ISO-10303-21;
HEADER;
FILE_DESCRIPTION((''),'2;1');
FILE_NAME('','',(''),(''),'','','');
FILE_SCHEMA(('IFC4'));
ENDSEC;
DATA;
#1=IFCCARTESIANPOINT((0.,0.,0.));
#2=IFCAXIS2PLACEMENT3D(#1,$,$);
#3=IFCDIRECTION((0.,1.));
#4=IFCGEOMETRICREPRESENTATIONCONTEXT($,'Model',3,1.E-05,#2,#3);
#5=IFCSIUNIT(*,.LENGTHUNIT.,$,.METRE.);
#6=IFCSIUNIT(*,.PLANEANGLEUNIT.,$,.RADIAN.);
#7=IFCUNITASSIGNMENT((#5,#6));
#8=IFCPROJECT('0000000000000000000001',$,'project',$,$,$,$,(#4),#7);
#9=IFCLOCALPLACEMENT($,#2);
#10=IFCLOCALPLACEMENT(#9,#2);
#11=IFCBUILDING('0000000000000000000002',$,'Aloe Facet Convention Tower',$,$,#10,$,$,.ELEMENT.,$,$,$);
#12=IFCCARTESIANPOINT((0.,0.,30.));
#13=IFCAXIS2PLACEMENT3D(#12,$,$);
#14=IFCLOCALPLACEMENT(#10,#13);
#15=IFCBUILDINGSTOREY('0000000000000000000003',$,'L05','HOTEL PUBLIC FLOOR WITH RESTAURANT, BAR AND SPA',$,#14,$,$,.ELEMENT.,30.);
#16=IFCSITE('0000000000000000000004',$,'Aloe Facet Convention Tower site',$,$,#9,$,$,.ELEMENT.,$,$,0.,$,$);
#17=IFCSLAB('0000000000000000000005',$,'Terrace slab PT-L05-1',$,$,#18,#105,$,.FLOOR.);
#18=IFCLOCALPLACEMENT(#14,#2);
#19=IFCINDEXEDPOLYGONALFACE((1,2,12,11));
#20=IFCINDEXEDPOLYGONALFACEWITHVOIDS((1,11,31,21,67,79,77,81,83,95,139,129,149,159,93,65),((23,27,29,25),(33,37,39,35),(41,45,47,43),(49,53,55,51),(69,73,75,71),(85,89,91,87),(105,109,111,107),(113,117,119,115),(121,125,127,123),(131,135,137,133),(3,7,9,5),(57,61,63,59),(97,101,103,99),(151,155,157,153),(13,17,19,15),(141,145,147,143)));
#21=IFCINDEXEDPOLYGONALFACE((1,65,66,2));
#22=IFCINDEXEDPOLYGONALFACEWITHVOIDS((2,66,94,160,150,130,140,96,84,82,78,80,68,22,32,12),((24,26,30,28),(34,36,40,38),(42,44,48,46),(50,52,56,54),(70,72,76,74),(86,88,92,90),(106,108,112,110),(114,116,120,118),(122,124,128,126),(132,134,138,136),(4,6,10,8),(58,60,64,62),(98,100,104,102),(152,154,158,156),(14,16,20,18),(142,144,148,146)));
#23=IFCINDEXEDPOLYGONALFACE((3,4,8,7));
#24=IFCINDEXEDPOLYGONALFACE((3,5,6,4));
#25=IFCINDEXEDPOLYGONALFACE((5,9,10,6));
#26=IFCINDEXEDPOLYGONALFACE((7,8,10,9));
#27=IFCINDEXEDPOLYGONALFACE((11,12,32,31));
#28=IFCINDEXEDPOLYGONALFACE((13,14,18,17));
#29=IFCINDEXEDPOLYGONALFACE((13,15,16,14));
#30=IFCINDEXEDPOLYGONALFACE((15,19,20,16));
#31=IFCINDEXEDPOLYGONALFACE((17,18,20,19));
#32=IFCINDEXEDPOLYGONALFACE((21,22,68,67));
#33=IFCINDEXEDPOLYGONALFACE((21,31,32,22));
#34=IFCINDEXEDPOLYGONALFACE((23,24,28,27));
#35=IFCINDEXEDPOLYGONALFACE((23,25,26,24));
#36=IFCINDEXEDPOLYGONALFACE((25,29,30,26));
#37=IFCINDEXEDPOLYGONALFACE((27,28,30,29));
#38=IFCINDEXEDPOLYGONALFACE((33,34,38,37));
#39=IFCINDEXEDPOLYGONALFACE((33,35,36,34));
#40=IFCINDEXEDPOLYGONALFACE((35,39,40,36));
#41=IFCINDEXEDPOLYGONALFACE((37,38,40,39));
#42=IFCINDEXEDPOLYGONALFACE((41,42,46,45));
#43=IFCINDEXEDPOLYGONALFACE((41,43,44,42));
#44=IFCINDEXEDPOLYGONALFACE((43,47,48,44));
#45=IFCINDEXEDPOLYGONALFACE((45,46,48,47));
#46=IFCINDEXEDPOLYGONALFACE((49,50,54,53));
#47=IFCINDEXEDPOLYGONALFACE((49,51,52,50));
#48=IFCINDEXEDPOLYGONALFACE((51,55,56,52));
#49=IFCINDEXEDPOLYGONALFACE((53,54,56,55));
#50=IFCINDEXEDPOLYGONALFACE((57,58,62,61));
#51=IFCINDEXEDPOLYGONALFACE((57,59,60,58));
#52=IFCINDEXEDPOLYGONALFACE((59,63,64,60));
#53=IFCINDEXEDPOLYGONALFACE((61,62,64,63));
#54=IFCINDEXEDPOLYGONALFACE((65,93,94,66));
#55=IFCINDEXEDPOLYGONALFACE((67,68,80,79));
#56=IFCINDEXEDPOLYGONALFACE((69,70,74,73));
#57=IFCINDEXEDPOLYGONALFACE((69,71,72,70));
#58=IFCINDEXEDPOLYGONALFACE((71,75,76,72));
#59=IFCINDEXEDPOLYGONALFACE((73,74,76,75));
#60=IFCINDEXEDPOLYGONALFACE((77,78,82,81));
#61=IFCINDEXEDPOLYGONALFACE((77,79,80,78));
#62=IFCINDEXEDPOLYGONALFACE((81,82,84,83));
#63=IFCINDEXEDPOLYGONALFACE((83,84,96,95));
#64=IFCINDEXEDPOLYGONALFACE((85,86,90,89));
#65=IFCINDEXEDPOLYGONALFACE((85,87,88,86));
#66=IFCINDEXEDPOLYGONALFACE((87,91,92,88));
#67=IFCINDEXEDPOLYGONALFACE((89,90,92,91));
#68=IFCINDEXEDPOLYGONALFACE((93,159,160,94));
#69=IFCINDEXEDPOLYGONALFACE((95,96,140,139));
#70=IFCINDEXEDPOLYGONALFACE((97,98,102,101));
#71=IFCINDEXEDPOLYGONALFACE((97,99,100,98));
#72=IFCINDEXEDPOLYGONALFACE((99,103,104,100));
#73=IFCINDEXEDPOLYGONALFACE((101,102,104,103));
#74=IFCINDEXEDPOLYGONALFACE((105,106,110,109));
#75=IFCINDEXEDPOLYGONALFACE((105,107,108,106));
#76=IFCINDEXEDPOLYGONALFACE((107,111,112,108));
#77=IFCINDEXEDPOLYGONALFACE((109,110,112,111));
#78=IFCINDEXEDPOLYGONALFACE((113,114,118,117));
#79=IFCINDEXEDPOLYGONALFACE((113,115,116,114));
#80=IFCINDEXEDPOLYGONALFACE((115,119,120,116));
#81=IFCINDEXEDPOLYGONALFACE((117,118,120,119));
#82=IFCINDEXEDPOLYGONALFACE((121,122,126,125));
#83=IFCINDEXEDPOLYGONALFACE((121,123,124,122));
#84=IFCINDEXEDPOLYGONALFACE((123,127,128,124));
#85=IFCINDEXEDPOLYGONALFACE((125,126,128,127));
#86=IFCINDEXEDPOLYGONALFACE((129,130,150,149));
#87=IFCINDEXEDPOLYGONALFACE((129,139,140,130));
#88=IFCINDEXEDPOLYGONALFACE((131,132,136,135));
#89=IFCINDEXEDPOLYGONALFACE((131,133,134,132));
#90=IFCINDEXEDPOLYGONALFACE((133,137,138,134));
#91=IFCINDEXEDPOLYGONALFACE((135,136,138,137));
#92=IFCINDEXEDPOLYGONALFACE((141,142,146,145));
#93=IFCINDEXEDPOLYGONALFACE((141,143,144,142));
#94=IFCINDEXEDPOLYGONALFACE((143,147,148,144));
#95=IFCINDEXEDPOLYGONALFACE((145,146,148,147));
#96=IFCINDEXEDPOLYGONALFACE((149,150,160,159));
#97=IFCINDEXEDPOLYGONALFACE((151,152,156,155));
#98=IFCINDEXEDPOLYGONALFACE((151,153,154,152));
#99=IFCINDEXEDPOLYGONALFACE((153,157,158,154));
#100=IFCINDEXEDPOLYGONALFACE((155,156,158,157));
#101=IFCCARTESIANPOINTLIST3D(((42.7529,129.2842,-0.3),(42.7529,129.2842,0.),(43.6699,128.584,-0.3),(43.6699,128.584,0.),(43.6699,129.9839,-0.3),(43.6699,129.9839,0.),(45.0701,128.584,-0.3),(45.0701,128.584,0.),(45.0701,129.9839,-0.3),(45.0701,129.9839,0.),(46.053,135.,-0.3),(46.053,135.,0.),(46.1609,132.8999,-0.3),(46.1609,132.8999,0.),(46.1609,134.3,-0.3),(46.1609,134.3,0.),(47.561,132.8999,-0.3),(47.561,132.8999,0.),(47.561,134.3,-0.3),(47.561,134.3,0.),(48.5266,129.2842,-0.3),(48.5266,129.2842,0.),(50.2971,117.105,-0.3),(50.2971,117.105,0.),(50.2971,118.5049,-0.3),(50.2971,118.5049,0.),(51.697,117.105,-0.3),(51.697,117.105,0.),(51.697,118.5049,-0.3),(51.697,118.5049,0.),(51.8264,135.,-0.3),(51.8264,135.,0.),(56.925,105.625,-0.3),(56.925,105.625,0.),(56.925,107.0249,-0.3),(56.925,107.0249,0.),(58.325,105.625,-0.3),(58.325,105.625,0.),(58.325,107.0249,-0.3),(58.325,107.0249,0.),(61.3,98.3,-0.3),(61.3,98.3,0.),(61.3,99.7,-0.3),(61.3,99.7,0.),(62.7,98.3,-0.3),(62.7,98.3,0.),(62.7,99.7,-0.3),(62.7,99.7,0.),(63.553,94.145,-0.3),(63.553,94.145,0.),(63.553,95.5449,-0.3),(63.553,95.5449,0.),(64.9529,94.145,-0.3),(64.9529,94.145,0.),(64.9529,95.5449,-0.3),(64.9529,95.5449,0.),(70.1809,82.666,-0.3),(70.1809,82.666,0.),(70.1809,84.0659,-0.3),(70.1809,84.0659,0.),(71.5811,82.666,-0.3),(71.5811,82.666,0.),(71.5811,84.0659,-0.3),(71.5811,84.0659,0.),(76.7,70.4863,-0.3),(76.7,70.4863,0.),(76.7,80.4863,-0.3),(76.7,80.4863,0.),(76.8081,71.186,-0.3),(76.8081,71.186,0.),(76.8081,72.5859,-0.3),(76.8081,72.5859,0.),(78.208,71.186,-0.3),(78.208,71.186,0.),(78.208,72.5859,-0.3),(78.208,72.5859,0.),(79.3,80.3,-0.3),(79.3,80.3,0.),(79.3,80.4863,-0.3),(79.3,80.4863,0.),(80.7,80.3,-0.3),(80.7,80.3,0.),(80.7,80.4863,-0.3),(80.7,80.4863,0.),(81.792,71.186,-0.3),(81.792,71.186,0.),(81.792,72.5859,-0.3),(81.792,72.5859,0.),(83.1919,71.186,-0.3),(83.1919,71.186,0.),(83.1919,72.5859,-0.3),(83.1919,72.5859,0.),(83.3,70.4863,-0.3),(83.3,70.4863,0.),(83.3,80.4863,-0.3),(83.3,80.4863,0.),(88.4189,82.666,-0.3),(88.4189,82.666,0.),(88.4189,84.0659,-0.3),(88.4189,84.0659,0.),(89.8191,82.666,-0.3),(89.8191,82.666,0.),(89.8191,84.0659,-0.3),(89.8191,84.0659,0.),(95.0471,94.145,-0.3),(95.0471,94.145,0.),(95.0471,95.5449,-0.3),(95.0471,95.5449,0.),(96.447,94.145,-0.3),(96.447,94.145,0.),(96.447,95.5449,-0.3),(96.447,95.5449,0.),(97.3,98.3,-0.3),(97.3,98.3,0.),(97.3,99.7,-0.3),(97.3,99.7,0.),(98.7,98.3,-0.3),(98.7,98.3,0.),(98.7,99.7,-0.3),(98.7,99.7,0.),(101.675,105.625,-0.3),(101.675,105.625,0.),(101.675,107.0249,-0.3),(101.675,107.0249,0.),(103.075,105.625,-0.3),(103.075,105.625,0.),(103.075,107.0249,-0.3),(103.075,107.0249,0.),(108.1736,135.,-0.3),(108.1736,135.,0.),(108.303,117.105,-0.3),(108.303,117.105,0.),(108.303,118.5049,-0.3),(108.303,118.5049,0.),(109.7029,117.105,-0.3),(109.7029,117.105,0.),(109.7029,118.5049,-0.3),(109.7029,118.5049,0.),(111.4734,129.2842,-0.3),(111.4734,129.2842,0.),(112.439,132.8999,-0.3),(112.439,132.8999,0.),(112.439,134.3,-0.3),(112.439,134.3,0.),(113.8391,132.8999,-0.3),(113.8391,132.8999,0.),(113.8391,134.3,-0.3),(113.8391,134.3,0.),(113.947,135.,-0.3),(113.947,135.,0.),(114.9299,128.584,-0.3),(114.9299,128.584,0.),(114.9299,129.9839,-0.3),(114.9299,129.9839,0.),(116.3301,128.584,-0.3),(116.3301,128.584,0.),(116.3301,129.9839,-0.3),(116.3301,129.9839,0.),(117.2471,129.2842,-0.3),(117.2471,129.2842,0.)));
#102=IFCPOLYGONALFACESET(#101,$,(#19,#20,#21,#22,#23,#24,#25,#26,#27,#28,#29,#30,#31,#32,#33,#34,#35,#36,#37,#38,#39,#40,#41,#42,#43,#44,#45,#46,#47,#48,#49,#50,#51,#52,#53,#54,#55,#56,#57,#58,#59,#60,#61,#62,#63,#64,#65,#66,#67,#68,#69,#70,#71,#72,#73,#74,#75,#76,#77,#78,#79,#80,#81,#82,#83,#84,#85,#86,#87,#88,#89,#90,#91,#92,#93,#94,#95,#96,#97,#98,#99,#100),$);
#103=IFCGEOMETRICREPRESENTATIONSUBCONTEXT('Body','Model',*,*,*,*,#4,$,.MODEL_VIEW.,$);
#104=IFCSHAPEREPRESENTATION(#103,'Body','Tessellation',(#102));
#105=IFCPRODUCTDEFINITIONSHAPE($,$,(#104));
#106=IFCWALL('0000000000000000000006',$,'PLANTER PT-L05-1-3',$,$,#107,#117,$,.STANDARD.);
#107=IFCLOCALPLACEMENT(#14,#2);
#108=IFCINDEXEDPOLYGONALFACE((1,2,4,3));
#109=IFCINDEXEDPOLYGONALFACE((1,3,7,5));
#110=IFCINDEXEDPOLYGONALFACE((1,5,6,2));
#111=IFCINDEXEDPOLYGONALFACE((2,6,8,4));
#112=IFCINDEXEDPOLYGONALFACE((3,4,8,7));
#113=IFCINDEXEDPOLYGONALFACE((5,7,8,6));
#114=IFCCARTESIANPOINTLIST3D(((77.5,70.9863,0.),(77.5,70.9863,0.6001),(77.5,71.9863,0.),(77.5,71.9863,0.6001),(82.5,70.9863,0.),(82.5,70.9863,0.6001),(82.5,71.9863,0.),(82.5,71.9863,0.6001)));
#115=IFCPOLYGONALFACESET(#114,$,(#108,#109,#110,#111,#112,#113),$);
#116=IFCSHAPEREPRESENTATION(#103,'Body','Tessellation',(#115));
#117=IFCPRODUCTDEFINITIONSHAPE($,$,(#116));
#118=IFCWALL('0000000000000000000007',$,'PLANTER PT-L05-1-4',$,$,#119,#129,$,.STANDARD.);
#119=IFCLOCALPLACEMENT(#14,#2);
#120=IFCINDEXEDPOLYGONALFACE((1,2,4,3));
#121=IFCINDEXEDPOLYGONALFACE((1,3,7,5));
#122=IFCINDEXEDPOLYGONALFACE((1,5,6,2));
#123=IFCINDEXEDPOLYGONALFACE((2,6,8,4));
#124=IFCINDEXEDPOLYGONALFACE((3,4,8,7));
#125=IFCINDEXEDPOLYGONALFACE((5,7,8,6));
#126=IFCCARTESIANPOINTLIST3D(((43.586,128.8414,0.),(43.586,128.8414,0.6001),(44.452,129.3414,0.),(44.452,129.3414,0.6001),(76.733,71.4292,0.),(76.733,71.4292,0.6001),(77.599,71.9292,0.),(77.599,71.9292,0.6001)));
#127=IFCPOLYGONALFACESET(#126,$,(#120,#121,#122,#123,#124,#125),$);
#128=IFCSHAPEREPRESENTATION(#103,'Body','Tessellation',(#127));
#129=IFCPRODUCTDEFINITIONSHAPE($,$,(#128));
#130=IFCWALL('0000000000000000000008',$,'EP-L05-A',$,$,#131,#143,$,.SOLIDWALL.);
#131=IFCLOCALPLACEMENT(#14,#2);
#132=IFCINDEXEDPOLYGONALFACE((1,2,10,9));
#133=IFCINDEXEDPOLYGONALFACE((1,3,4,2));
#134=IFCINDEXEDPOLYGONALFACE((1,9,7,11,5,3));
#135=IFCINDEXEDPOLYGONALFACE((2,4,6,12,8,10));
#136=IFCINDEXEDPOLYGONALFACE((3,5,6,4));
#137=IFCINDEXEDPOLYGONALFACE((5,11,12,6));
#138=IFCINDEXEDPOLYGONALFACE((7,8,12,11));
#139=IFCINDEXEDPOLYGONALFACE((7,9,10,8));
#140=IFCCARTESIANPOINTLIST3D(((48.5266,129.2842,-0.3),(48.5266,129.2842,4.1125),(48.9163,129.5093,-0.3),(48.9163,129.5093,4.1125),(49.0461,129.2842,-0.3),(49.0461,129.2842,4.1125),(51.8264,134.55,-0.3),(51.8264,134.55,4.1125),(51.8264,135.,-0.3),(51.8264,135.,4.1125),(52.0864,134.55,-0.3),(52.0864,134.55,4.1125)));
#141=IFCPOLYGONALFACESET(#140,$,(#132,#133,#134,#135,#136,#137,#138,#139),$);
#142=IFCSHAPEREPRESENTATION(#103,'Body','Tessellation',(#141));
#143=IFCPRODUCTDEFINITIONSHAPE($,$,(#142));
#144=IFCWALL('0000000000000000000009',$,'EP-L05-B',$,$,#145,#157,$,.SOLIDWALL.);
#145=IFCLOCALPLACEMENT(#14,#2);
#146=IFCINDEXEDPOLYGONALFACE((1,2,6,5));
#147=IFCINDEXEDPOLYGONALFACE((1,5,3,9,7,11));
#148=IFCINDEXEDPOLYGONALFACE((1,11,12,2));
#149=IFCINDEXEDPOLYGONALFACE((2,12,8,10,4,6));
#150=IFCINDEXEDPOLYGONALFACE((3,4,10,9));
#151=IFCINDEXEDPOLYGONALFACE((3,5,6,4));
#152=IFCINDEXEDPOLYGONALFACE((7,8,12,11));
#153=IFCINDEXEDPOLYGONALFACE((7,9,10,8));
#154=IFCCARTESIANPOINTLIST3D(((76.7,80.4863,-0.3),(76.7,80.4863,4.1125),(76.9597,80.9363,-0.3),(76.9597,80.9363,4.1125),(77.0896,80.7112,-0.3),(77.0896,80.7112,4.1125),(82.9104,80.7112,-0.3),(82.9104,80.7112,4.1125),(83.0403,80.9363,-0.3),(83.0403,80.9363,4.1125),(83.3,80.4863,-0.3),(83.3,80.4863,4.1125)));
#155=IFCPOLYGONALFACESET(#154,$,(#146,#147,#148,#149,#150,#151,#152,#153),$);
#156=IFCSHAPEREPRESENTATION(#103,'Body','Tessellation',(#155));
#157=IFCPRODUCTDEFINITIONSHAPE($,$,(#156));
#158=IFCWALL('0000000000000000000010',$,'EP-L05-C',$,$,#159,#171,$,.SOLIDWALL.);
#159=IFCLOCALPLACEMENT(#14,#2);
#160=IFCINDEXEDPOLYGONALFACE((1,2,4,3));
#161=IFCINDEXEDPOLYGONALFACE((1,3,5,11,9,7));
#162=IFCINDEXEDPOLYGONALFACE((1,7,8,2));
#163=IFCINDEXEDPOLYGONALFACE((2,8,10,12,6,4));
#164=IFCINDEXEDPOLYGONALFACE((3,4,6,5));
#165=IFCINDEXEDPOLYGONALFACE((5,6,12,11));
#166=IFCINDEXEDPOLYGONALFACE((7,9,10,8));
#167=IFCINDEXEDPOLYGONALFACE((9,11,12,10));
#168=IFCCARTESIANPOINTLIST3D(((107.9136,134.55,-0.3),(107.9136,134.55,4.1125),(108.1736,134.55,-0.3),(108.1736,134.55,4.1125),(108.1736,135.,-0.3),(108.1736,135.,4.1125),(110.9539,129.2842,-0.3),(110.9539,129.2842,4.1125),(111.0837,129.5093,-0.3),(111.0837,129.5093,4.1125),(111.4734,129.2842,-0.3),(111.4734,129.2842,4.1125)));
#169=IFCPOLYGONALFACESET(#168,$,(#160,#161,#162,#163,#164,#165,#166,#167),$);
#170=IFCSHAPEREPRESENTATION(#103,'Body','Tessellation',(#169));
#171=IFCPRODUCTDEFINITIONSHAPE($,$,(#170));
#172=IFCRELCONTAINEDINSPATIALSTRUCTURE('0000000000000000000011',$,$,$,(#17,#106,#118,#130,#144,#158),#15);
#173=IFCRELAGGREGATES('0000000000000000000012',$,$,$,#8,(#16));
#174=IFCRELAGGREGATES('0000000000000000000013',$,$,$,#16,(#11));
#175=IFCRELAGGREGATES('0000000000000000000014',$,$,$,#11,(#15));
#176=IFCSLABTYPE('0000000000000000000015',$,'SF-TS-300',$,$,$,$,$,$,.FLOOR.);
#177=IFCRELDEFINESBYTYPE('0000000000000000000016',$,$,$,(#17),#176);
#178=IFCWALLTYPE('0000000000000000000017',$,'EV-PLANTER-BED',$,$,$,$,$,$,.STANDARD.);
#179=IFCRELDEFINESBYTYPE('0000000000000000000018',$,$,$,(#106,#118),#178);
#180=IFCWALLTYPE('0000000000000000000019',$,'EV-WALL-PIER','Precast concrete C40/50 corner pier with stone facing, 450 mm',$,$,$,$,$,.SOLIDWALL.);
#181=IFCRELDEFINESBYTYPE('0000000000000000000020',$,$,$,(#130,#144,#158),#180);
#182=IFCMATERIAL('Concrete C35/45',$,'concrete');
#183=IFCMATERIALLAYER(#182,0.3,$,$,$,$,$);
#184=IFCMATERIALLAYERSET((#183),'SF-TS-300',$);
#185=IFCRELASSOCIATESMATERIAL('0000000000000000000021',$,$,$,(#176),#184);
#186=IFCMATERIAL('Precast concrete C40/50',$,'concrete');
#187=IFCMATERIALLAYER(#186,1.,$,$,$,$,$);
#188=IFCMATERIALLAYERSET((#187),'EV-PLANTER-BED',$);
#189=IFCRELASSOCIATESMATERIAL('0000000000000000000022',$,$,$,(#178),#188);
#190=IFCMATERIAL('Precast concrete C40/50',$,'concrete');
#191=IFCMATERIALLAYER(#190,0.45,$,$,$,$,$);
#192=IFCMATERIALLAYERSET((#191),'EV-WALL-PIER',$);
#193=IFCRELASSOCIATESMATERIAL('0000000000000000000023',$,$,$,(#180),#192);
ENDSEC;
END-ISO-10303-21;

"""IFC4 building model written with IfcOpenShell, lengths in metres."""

from ifc_helpers import new_model, si_unit, direction, frame, frame_2d, origin, place, context, subcontext, project, spatial, polyline, rectangle, outline, extrude, material, layer, layer_set, type_object, element, save


model = new_model("IFC4")

# Units and contexts
model_context = context("Model", 3, precision=1e-05, world=origin(), true_north=direction((0.0, 1.0)))
body_context = subcontext(model_context, "Body", "Model", "MODEL_VIEW")
ifc_project = project(units=[si_unit("LENGTHUNIT", "METRE"), si_unit("PLANEANGLEUNIT", "RADIAN")], contexts=[model_context])

# Site, building, storey
site_placement = place(None, origin())
site = spatial("IfcSite", under=ifc_project, at=site_placement, Name="Aloe Facet Convention Tower site", CompositionType="ELEMENT", RefElevation=0.0)
building_placement = place(site_placement, origin())
building = spatial("IfcBuilding", under=site, at=building_placement, Name="Aloe Facet Convention Tower", CompositionType="ELEMENT")
storey_placement = place(building_placement, frame((0.0, 0.0, 30.0)))
storey = spatial("IfcBuildingStorey", under=building, at=storey_placement, Name="L05", Description="HOTEL PUBLIC FLOOR WITH RESTAURANT, BAR AND SPA", CompositionType="ELEMENT", Elevation=30.0)

# Slab
ifc_material_1 = material(Name="Concrete C35/45", Category="concrete")
ifc_layer_1 = layer(ifc_material_1, 0.3)
ifc_layer_set_1 = layer_set([ifc_layer_1], Name="SF-TS-300")
slab_type_1 = type_object("IfcSlabType", Name="SF-TS-300", PredefinedType="FLOOR", material=ifc_layer_set_1)
slab_1_placement = place(storey_placement, frame((0.0, 0.0, -0.3)))
element("IfcSlab", 1, at=slab_1_placement, inside=storey, type_object=slab_type_1, Name="Terrace slab PT-L05-1", PredefinedType="FLOOR", context=body_context, shape_type="SweptSolid", body=[
    extrude(outline(polyline([(117.2471, 129.2842), (83.3, 70.4863), (76.7, 70.4863), (42.7529, 129.2842), (46.053, 135.0), (51.8264, 135.0), (48.5266, 129.2842), (76.7, 80.4863), (79.3, 80.4863), (79.3, 80.3), (80.7, 80.3), (80.7, 80.4863), (83.3, 80.4863), (111.4734, 129.2842), (108.1736, 135.0), (113.947, 135.0), (117.2471, 129.2842)]), holes=[polyline([(78.208, 71.186), (78.208, 72.5859), (76.8081, 72.5859), (76.8081, 71.186), (78.208, 71.186)]), polyline([(70.1809, 82.666), (71.5811, 82.666), (71.5811, 84.0659), (70.1809, 84.0659), (70.1809, 82.666)]), polyline([(64.9529, 94.145), (64.9529, 95.5449), (63.553, 95.5449), (63.553, 94.145), (64.9529, 94.145)]), polyline([(61.3, 98.3), (62.7, 98.3), (62.7, 99.7), (61.3, 99.7), (61.3, 98.3)]), polyline([(58.325, 105.625), (58.325, 107.0249), (56.925, 107.0249), (56.925, 105.625), (58.325, 105.625)]), polyline([(50.2971, 117.105), (51.697, 117.105), (51.697, 118.5049), (50.2971, 118.5049), (50.2971, 117.105)]), polyline([(45.0701, 128.584), (45.0701, 129.9839), (43.6699, 129.9839), (43.6699, 128.584), (45.0701, 128.584)]), polyline([(46.1609, 132.8999), (47.561, 132.8999), (47.561, 134.3), (46.1609, 134.3), (46.1609, 132.8999)]), polyline([(83.1919, 71.186), (83.1919, 72.5859), (81.792, 72.5859), (81.792, 71.186), (83.1919, 71.186)]), polyline([(89.8191, 82.666), (89.8191, 84.0659), (88.4189, 84.0659), (88.4189, 82.666), (89.8191, 82.666)]), polyline([(96.447, 94.145), (96.447, 95.5449), (95.0471, 95.5449), (95.0471, 94.145), (96.447, 94.145)]), polyline([(98.7, 98.3), (98.7, 99.7), (97.3, 99.7), (97.3, 98.3), (98.7, 98.3)]), polyline([(101.675, 105.625), (103.075, 105.625), (103.075, 107.0249), (101.675, 107.0249), (101.675, 105.625)]), polyline([(108.303, 117.105), (109.7029, 117.105), (109.7029, 118.5049), (108.303, 118.5049), (108.303, 117.105)]), polyline([(116.3301, 128.584), (116.3301, 129.9839), (114.9299, 129.9839), (114.9299, 128.584), (116.3301, 128.584)]), polyline([(112.439, 132.8999), (113.8391, 132.8999), (113.8391, 134.3), (112.439, 134.3), (112.439, 132.8999)])]), origin(), (0.0, 0.0, 1.0), 0.3),
])

# Walls
ifc_material_2 = material(Name="Precast concrete C40/50", Category="concrete")
ifc_layer_2 = layer(ifc_material_2, 1.0)
ifc_layer_set_2 = layer_set([ifc_layer_2], Name="EV-PLANTER-BED")
wall_type_1 = type_object("IfcWallType", Name="EV-PLANTER-BED", PredefinedType="STANDARD", material=ifc_layer_set_2)
wall_1_placement = place(storey_placement, frame((82.5, 71.4863, 0.0), z_axis=(0.0, 0.0, 1.0), x_axis=(-1.0, 0.0, 0.0)))
element("IfcWall", 2, at=wall_1_placement, inside=storey, type_object=wall_type_1, Name="PLANTER PT-L05-1-3", PredefinedType="STANDARD", context=body_context, shape_type="SweptSolid", body=[
    extrude(rectangle(XDim=5.0, YDim=1.0, at=frame_2d((2.5, 0.0))), origin(), (0.0, 0.0, 1.0), 0.6001),
])
wall_2_placement = place(storey_placement, frame((77.166, 71.6792, 0.0), z_axis=(0.0, 0.0, 1.0), x_axis=(-0.500001, 0.866025, 0.0)))
element("IfcWall", 3, at=wall_2_placement, inside=storey, type_object=wall_type_1, Name="PLANTER PT-L05-1-4", PredefinedType="STANDARD", context=body_context, shape_type="SweptSolid", body=[
    extrude(rectangle(XDim=66.2939, YDim=1.0, at=frame_2d((33.147, 0.0))), origin(), (0.0, 0.0, 1.0), 0.6001),
])
ifc_material_3 = material(Name="Precast concrete C40/50", Category="concrete")
ifc_layer_3 = layer(ifc_material_3, 0.45)
ifc_layer_set_3 = layer_set([ifc_layer_3], Name="EV-WALL-PIER")
wall_type_2 = type_object("IfcWallType", Name="EV-WALL-PIER", Description="Precast concrete C40/50 corner pier with stone facing, 450 mm", PredefinedType="SOLIDWALL", material=ifc_layer_set_3)
wall_3_placement = place(storey_placement, frame((0.0, 0.0, -0.3)))
element("IfcWall", 4, at=wall_3_placement, inside=storey, type_object=wall_type_2, Name="EP-L05-A", PredefinedType="SOLIDWALL", context=body_context, shape_type="SweptSolid", body=[
    extrude(outline(polyline([(51.8264, 135.0), (51.8264, 134.55), (52.0864, 134.55), (49.0461, 129.2842), (48.9163, 129.5093), (48.5266, 129.2842), (51.8264, 135.0)])), origin(), (0.0, 0.0, 1.0), 4.4126),
])
wall_4_placement = place(storey_placement, frame((0.0, 0.0, -0.3)))
element("IfcWall", 5, at=wall_4_placement, inside=storey, type_object=wall_type_2, Name="EP-L05-B", PredefinedType="SOLIDWALL", context=body_context, shape_type="SweptSolid", body=[
    extrude(outline(polyline([(76.7, 80.4863), (77.0896, 80.7112), (76.9597, 80.9363), (83.0403, 80.9363), (82.9104, 80.7112), (83.3, 80.4863), (76.7, 80.4863)])), origin(), (0.0, 0.0, 1.0), 4.4126),
])
wall_5_placement = place(storey_placement, frame((0.0, 0.0, -0.3)))
element("IfcWall", 6, at=wall_5_placement, inside=storey, type_object=wall_type_2, Name="EP-L05-C", PredefinedType="SOLIDWALL", context=body_context, shape_type="SweptSolid", body=[
    extrude(outline(polyline([(111.4734, 129.2842), (111.0837, 129.5093), (110.9539, 129.2842), (107.9136, 134.55), (108.1736, 134.55), (108.1736, 135.0), (111.4734, 129.2842)])), origin(), (0.0, 0.0, 1.0), 4.4126),
])

save(model, "model.ifc")
